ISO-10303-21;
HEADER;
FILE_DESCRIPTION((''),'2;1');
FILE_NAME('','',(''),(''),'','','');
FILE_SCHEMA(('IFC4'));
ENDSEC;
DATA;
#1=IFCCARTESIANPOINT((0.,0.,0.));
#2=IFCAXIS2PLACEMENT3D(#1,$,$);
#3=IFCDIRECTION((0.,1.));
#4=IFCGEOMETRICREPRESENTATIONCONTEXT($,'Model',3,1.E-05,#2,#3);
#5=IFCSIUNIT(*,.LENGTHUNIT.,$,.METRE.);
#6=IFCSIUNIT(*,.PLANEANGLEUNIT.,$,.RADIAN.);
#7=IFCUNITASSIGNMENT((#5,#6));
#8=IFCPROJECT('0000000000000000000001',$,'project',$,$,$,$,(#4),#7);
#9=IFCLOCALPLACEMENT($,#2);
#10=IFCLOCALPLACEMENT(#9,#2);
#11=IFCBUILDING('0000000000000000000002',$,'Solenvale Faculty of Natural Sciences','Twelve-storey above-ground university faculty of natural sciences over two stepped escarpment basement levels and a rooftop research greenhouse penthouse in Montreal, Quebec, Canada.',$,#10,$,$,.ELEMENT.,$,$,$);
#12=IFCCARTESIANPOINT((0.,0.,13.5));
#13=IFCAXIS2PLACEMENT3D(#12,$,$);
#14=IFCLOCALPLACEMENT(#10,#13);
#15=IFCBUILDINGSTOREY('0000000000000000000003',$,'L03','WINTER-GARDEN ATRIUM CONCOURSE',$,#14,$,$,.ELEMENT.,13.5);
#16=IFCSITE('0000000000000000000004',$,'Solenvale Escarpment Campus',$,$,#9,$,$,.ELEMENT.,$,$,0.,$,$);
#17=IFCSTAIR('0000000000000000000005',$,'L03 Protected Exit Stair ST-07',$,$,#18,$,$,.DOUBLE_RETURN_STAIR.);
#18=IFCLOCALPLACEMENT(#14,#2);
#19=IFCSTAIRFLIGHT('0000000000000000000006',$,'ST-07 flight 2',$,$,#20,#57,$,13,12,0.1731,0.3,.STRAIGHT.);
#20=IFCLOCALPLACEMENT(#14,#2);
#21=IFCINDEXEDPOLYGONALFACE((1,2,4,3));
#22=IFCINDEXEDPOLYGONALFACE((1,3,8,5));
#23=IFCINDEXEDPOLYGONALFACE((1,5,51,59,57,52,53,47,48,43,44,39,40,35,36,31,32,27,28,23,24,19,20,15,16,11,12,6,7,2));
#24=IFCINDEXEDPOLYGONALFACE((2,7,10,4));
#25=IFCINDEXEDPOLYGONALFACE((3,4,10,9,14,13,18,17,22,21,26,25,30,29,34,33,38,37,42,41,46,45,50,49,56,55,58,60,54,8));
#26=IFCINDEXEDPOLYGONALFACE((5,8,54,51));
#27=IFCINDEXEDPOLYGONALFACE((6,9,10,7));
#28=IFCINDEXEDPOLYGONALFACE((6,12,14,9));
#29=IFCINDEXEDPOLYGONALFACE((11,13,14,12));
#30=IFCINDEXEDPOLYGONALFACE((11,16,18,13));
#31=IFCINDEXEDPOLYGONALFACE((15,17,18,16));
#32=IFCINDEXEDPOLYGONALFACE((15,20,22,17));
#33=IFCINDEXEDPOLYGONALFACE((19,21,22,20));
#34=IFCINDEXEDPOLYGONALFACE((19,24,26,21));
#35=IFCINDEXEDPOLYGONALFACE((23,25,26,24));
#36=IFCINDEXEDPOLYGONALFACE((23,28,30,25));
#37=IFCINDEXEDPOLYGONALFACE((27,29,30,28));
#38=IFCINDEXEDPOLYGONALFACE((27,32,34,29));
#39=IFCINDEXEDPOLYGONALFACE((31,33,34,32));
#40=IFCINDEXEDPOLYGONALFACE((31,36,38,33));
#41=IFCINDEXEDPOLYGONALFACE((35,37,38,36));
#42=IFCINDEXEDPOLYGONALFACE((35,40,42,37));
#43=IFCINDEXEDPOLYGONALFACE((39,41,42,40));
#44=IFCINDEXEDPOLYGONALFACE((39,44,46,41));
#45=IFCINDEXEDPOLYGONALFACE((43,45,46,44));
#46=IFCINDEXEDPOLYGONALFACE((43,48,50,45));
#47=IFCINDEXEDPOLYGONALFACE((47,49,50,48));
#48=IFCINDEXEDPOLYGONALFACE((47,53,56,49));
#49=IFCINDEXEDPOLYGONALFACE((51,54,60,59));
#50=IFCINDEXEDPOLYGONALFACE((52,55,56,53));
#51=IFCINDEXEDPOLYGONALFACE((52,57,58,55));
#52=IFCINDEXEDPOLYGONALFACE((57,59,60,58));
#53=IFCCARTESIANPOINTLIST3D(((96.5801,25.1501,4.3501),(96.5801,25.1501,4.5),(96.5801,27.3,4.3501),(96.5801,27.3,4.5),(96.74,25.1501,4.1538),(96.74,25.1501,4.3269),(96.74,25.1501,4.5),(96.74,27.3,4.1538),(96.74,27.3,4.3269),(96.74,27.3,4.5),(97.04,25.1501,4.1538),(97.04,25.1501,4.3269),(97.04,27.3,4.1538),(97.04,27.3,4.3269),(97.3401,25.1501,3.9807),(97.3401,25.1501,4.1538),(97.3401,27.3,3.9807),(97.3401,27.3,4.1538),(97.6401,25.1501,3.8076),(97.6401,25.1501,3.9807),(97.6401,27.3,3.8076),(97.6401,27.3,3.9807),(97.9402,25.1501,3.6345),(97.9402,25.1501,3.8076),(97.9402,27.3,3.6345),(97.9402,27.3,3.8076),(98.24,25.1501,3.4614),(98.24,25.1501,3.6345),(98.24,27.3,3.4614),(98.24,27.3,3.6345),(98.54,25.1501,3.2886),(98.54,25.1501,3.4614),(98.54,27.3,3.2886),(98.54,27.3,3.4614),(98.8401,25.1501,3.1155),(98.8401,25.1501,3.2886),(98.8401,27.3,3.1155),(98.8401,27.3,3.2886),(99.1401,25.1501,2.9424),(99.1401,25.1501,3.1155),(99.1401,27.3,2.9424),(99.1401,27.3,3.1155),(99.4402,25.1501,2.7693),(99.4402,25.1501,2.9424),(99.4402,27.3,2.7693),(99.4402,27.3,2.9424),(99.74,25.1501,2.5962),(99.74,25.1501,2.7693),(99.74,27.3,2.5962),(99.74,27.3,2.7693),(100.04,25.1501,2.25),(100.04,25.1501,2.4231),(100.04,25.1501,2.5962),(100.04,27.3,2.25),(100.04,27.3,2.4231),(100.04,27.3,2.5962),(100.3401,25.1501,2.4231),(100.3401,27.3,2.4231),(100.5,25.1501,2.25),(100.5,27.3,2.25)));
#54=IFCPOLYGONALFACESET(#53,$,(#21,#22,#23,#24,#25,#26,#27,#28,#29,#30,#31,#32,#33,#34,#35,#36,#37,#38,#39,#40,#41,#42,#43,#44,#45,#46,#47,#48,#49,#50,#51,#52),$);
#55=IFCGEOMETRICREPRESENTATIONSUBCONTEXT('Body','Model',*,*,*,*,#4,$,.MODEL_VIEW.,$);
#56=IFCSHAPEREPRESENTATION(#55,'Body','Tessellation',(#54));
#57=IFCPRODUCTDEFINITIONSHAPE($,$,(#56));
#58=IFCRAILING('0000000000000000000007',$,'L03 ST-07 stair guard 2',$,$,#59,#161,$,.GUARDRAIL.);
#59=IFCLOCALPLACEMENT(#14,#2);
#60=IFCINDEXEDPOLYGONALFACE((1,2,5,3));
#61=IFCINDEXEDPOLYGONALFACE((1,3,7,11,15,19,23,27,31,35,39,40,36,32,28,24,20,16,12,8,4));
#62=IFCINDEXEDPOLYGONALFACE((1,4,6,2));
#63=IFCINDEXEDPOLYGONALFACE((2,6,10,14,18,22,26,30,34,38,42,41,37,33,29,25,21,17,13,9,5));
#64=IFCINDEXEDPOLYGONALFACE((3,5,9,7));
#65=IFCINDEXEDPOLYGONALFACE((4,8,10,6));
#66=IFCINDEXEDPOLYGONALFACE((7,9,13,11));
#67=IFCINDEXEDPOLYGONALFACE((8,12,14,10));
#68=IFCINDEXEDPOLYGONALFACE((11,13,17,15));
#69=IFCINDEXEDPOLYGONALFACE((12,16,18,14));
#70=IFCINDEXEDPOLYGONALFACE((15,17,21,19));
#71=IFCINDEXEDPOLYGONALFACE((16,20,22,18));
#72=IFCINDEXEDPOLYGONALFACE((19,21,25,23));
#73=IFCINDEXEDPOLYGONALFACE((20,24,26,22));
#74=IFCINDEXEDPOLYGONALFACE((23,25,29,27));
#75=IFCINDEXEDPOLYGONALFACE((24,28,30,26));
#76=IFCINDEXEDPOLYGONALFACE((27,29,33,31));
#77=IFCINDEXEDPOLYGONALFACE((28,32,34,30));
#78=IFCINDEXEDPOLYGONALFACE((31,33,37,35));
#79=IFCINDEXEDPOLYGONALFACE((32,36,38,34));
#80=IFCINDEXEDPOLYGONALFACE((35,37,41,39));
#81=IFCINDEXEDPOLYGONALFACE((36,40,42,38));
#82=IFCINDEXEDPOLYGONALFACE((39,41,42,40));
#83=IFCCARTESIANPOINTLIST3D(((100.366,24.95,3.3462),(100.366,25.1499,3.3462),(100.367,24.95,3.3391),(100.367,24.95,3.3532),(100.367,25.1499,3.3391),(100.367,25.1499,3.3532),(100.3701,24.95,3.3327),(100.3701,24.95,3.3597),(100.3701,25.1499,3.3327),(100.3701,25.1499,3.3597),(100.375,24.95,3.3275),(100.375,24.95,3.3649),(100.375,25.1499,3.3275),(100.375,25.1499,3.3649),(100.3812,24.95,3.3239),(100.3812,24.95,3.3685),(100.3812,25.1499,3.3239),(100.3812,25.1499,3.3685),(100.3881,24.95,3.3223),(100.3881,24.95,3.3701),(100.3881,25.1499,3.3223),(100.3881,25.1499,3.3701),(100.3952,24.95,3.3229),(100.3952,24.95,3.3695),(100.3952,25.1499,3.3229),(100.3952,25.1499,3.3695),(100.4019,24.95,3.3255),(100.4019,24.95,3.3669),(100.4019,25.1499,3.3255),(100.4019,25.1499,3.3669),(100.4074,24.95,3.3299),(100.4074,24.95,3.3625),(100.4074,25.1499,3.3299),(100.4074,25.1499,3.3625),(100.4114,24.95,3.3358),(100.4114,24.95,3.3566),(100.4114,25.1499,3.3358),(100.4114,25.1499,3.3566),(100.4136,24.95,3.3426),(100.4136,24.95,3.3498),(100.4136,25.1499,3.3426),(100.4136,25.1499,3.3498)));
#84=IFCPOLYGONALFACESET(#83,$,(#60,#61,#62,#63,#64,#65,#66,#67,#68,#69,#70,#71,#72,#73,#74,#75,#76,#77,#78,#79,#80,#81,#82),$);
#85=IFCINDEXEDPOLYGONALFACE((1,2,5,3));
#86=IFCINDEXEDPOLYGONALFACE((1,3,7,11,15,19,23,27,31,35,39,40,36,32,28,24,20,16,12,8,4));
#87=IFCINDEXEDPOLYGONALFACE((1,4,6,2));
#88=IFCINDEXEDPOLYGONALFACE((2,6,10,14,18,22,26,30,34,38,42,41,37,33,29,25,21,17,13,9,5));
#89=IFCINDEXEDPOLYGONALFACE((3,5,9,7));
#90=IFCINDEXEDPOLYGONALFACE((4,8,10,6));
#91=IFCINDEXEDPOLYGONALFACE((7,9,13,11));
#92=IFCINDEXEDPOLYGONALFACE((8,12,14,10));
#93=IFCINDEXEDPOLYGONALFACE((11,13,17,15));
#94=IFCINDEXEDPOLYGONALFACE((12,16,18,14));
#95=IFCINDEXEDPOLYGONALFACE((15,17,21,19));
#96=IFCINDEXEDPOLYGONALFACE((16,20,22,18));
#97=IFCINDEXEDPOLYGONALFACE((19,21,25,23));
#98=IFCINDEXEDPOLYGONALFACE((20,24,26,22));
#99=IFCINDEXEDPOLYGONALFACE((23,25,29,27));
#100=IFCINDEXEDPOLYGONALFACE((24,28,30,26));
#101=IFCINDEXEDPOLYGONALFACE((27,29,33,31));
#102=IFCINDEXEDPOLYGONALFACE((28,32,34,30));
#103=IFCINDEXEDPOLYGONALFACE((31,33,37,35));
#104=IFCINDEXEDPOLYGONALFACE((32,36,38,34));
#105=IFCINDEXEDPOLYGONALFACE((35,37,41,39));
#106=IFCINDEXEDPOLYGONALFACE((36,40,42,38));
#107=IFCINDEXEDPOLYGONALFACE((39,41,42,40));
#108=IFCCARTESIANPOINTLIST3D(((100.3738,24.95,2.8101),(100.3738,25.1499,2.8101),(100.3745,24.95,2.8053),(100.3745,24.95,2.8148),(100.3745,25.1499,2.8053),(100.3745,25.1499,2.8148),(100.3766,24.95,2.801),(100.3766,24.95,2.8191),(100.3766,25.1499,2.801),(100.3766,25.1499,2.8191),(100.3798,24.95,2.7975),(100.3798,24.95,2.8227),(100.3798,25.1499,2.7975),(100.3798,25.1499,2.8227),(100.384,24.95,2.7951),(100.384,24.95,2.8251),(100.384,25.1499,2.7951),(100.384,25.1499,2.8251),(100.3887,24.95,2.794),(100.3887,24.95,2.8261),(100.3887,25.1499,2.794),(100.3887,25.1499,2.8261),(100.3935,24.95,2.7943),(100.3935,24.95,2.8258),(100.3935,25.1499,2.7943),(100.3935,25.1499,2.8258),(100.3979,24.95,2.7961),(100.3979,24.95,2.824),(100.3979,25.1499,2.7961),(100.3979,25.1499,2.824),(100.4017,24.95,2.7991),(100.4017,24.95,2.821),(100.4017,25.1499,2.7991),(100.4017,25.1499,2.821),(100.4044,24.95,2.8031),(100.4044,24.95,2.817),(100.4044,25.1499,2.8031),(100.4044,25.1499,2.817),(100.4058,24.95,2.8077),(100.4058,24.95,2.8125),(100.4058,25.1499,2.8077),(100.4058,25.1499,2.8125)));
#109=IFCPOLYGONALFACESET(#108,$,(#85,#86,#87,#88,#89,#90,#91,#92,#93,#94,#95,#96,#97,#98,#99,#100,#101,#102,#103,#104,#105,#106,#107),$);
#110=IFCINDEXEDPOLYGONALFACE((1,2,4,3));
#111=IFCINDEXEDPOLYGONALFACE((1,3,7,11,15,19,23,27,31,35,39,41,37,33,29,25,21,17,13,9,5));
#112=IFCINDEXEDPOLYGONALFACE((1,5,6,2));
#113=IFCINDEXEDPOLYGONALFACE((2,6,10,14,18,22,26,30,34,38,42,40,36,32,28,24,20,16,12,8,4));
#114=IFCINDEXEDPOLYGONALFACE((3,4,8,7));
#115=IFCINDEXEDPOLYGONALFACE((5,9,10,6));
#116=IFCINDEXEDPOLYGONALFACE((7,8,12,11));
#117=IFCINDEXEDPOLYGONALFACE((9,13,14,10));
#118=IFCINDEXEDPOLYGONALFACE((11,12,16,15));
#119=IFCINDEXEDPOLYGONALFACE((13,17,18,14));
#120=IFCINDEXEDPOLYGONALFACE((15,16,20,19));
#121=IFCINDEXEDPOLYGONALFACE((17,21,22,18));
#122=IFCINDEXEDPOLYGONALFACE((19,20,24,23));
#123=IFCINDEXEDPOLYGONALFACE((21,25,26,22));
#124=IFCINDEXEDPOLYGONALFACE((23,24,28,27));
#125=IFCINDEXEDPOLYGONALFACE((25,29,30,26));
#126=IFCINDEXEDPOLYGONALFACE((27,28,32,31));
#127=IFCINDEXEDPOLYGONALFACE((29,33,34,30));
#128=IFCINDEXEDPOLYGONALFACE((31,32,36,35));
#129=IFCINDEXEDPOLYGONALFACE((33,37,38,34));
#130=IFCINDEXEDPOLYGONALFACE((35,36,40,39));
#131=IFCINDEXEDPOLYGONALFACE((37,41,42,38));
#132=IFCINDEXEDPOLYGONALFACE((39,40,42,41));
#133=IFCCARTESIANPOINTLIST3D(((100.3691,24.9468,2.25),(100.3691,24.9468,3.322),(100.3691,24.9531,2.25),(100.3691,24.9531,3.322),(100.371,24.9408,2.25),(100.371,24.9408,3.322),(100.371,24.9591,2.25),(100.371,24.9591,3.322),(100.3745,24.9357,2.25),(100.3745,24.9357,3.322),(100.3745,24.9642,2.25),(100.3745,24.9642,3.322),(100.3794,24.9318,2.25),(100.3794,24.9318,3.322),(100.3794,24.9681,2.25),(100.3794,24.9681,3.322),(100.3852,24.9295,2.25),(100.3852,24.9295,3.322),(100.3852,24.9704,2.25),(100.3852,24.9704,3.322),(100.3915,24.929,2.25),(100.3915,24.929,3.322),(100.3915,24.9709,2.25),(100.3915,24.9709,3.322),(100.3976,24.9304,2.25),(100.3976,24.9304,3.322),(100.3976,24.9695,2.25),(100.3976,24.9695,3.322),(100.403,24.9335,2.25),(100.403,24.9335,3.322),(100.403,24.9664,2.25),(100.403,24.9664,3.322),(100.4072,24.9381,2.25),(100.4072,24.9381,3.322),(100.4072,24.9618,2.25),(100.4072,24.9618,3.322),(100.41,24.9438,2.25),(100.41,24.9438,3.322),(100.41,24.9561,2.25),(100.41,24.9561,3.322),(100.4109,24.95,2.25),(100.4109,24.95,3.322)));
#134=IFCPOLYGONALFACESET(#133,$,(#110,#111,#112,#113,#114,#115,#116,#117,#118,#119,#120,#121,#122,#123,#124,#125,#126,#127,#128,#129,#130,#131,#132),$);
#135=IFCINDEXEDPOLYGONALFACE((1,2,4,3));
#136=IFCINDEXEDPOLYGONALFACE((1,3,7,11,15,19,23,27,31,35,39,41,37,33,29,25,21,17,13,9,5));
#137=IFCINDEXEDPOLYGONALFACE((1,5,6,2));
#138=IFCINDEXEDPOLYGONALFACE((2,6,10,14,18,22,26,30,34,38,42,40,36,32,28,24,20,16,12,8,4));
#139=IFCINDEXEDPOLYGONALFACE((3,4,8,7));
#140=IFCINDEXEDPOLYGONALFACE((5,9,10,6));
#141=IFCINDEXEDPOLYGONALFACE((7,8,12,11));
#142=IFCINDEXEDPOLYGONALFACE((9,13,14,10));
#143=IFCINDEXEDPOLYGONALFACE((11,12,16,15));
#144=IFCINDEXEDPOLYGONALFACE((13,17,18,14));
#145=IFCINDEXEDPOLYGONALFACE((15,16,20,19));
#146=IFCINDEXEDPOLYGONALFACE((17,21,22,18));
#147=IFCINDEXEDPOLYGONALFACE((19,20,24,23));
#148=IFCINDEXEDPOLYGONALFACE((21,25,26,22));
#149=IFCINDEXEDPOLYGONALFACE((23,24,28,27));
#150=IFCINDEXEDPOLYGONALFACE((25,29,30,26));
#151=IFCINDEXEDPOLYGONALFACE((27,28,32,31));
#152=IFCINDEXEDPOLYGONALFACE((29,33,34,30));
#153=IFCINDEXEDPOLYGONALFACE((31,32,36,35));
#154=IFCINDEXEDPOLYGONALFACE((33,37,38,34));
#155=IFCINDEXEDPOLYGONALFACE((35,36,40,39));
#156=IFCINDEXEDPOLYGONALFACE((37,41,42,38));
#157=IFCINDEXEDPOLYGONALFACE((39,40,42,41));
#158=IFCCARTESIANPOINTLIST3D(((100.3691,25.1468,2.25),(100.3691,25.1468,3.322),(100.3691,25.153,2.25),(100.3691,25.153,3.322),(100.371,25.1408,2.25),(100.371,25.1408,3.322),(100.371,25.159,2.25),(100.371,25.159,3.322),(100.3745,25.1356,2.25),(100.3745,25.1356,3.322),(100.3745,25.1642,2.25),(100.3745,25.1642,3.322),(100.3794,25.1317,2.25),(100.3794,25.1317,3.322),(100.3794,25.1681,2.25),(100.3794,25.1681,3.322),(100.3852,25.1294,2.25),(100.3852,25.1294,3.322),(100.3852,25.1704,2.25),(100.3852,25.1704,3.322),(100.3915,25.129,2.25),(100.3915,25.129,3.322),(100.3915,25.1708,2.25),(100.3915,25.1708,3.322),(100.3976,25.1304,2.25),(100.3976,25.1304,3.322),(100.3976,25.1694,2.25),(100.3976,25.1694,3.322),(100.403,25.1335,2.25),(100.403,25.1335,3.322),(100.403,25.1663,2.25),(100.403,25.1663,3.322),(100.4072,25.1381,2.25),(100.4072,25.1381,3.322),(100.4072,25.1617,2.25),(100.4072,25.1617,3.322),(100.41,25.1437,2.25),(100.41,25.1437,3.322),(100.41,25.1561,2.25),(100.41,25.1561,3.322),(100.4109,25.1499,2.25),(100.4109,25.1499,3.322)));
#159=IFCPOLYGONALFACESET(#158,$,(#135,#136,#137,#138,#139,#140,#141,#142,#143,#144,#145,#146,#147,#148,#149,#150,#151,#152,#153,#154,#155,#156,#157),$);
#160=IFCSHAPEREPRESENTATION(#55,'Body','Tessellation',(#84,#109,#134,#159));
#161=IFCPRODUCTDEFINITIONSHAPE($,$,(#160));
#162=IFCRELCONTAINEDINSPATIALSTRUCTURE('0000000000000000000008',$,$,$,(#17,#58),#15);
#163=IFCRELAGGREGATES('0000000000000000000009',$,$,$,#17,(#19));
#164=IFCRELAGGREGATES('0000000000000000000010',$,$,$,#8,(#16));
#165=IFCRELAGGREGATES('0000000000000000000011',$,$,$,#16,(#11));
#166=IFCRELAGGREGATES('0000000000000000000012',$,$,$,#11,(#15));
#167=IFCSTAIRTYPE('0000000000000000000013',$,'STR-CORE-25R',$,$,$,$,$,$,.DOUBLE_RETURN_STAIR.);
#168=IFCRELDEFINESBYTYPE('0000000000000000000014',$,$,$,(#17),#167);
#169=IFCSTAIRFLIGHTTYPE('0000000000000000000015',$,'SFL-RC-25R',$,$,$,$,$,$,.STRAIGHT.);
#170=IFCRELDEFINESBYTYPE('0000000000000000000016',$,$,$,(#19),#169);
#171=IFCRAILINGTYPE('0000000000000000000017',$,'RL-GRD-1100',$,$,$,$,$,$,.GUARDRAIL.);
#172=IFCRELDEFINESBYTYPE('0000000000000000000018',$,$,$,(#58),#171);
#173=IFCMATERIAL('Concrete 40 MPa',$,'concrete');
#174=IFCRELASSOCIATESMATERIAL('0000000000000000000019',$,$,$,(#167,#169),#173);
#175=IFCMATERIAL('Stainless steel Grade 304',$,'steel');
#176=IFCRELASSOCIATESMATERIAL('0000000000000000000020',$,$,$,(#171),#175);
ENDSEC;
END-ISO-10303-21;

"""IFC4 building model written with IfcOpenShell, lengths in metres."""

from ifc_helpers import new_model, si_unit, direction, frame, origin, origin_2d, place, context, subcontext, project, spatial, polyline, circle, outline, extrude, material, type_object, element, aggregate, save


model = new_model("IFC4")

# Units and contexts
model_context = context("Model", 3, precision=1e-05, world=origin(), true_north=direction((0.0, 1.0)))
body_context = subcontext(model_context, "Body", "Model", "MODEL_VIEW")
ifc_project = project(units=[si_unit("LENGTHUNIT", "METRE"), si_unit("PLANEANGLEUNIT", "RADIAN")], contexts=[model_context])

# Site, building, storey
site_placement = place(None, origin())
site = spatial("IfcSite", under=ifc_project, at=site_placement, Name="Solenvale Escarpment Campus", CompositionType="ELEMENT", RefElevation=0.0)
building_placement = place(site_placement, origin())
building = spatial("IfcBuilding", under=site, at=building_placement, Name="Solenvale Faculty of Natural Sciences", Description="Twelve-storey above-ground university faculty of natural sciences over two stepped escarpment basement levels and a rooftop research greenhouse penthouse in Montreal, Quebec, Canada.", CompositionType="ELEMENT")
storey_placement = place(building_placement, frame((0.0, 0.0, 13.5)))
storey = spatial("IfcBuildingStorey", under=building, at=storey_placement, Name="L03", Description="WINTER-GARDEN ATRIUM CONCOURSE", CompositionType="ELEMENT", Elevation=13.5)

# Shared definitions
ifc_material_1 = material(Name="Concrete 40 MPa", Category="concrete")

# Stair, stair flight
stair_type = type_object("IfcStairType", Name="STR-CORE-25R", PredefinedType="DOUBLE_RETURN_STAIR", material=ifc_material_1)
stair_placement = place(storey_placement, origin())
stair = element("IfcStair", 1, at=stair_placement, inside=storey, type_object=stair_type, Name="L03 Protected Exit Stair ST-07", PredefinedType="DOUBLE_RETURN_STAIR")
stair_flight_type = type_object("IfcStairFlightType", Name="SFL-RC-25R", PredefinedType="STRAIGHT", material=ifc_material_1)
stair_flight_1_placement = place(storey_placement, frame((100.3401, 26.2251, 2.25), z_axis=(0.0, 0.0, 1.0), x_axis=(-1.0, 0.0, 0.0)))
stair_flight_1 = element("IfcStairFlight", 2, at=stair_flight_1_placement, type_object=stair_flight_type, Name="ST-07 flight 2", NumberOfRisers=13, NumberOfTreads=12, PredefinedType="STRAIGHT", RiserHeight=0.1731, TreadLength=0.3, context=body_context, shape_type="SweptSolid", body=[
    extrude(outline(polyline([(-0.1599, 0.0), (0.0, 0.1731), (0.3, 0.1731), (0.3, 0.3462), (0.6001, 0.3462), (0.6001, 0.5193), (0.8999, 0.5193), (0.8999, 0.6924), (1.2, 0.6924), (1.2, 0.8655), (1.5, 0.8655), (1.5, 1.0386), (1.8, 1.0386), (1.8, 1.2114), (2.1001, 1.2114), (2.1001, 1.3845), (2.3999, 1.3845), (2.3999, 1.5576), (2.7, 1.5576), (2.7, 1.7307), (3.0, 1.7307), (3.0, 1.9038), (3.3, 1.9038), (3.3, 2.0769), (3.6001, 2.0769), (3.6001, 2.25), (3.76, 2.25), (3.76, 2.1001), (3.6001, 1.9038), (0.3, 0.0), (-0.1599, 0.0)])), frame((0.0, 1.075, 0.0), z_axis=(0.0, -1.0, 0.0), x_axis=(1.0, 0.0, 0.0)), (0.0, 0.0, 1.0), 2.1499),
])
aggregate(stair, [stair_flight_1])

# Railing
ifc_material_2 = material(Name="Stainless steel Grade 304", Category="steel")
railing_type_1 = type_object("IfcRailingType", Name="RL-GRD-1100", PredefinedType="GUARDRAIL", material=ifc_material_2)
railing_1_placement = place(storey_placement, frame((100.3899, 24.95, 2.25)))
element("IfcRailing", 3, at=railing_1_placement, inside=storey, type_object=railing_type_1, Name="L03 ST-07 stair guard 2", PredefinedType="GUARDRAIL", context=body_context, shape_type="SweptSolid", body=[
    extrude(circle(Radius=0.0239, at=origin_2d()), frame((0.0, 0.0, 1.0962), z_axis=(0.0, 1.0, 0.0), x_axis=(-1.0, 0.0, 0.0)), (0.0, 0.0, 1.0), 0.2),
    extrude(circle(Radius=0.0161, at=origin_2d()), frame((0.0, 0.0, 0.5601), z_axis=(0.0, 1.0, 0.0), x_axis=(-1.0, 0.0, 0.0)), (0.0, 0.0, 1.0), 0.2),
    extrude(circle(Radius=0.021, at=origin_2d()), origin(), (0.0, 0.0, 1.0), 1.072),
    extrude(circle(Radius=0.021, at=origin_2d()), frame((0.0, 0.2, 0.0)), (0.0, 0.0, 1.0), 1.072),
])

save(model, "model.ifc")
